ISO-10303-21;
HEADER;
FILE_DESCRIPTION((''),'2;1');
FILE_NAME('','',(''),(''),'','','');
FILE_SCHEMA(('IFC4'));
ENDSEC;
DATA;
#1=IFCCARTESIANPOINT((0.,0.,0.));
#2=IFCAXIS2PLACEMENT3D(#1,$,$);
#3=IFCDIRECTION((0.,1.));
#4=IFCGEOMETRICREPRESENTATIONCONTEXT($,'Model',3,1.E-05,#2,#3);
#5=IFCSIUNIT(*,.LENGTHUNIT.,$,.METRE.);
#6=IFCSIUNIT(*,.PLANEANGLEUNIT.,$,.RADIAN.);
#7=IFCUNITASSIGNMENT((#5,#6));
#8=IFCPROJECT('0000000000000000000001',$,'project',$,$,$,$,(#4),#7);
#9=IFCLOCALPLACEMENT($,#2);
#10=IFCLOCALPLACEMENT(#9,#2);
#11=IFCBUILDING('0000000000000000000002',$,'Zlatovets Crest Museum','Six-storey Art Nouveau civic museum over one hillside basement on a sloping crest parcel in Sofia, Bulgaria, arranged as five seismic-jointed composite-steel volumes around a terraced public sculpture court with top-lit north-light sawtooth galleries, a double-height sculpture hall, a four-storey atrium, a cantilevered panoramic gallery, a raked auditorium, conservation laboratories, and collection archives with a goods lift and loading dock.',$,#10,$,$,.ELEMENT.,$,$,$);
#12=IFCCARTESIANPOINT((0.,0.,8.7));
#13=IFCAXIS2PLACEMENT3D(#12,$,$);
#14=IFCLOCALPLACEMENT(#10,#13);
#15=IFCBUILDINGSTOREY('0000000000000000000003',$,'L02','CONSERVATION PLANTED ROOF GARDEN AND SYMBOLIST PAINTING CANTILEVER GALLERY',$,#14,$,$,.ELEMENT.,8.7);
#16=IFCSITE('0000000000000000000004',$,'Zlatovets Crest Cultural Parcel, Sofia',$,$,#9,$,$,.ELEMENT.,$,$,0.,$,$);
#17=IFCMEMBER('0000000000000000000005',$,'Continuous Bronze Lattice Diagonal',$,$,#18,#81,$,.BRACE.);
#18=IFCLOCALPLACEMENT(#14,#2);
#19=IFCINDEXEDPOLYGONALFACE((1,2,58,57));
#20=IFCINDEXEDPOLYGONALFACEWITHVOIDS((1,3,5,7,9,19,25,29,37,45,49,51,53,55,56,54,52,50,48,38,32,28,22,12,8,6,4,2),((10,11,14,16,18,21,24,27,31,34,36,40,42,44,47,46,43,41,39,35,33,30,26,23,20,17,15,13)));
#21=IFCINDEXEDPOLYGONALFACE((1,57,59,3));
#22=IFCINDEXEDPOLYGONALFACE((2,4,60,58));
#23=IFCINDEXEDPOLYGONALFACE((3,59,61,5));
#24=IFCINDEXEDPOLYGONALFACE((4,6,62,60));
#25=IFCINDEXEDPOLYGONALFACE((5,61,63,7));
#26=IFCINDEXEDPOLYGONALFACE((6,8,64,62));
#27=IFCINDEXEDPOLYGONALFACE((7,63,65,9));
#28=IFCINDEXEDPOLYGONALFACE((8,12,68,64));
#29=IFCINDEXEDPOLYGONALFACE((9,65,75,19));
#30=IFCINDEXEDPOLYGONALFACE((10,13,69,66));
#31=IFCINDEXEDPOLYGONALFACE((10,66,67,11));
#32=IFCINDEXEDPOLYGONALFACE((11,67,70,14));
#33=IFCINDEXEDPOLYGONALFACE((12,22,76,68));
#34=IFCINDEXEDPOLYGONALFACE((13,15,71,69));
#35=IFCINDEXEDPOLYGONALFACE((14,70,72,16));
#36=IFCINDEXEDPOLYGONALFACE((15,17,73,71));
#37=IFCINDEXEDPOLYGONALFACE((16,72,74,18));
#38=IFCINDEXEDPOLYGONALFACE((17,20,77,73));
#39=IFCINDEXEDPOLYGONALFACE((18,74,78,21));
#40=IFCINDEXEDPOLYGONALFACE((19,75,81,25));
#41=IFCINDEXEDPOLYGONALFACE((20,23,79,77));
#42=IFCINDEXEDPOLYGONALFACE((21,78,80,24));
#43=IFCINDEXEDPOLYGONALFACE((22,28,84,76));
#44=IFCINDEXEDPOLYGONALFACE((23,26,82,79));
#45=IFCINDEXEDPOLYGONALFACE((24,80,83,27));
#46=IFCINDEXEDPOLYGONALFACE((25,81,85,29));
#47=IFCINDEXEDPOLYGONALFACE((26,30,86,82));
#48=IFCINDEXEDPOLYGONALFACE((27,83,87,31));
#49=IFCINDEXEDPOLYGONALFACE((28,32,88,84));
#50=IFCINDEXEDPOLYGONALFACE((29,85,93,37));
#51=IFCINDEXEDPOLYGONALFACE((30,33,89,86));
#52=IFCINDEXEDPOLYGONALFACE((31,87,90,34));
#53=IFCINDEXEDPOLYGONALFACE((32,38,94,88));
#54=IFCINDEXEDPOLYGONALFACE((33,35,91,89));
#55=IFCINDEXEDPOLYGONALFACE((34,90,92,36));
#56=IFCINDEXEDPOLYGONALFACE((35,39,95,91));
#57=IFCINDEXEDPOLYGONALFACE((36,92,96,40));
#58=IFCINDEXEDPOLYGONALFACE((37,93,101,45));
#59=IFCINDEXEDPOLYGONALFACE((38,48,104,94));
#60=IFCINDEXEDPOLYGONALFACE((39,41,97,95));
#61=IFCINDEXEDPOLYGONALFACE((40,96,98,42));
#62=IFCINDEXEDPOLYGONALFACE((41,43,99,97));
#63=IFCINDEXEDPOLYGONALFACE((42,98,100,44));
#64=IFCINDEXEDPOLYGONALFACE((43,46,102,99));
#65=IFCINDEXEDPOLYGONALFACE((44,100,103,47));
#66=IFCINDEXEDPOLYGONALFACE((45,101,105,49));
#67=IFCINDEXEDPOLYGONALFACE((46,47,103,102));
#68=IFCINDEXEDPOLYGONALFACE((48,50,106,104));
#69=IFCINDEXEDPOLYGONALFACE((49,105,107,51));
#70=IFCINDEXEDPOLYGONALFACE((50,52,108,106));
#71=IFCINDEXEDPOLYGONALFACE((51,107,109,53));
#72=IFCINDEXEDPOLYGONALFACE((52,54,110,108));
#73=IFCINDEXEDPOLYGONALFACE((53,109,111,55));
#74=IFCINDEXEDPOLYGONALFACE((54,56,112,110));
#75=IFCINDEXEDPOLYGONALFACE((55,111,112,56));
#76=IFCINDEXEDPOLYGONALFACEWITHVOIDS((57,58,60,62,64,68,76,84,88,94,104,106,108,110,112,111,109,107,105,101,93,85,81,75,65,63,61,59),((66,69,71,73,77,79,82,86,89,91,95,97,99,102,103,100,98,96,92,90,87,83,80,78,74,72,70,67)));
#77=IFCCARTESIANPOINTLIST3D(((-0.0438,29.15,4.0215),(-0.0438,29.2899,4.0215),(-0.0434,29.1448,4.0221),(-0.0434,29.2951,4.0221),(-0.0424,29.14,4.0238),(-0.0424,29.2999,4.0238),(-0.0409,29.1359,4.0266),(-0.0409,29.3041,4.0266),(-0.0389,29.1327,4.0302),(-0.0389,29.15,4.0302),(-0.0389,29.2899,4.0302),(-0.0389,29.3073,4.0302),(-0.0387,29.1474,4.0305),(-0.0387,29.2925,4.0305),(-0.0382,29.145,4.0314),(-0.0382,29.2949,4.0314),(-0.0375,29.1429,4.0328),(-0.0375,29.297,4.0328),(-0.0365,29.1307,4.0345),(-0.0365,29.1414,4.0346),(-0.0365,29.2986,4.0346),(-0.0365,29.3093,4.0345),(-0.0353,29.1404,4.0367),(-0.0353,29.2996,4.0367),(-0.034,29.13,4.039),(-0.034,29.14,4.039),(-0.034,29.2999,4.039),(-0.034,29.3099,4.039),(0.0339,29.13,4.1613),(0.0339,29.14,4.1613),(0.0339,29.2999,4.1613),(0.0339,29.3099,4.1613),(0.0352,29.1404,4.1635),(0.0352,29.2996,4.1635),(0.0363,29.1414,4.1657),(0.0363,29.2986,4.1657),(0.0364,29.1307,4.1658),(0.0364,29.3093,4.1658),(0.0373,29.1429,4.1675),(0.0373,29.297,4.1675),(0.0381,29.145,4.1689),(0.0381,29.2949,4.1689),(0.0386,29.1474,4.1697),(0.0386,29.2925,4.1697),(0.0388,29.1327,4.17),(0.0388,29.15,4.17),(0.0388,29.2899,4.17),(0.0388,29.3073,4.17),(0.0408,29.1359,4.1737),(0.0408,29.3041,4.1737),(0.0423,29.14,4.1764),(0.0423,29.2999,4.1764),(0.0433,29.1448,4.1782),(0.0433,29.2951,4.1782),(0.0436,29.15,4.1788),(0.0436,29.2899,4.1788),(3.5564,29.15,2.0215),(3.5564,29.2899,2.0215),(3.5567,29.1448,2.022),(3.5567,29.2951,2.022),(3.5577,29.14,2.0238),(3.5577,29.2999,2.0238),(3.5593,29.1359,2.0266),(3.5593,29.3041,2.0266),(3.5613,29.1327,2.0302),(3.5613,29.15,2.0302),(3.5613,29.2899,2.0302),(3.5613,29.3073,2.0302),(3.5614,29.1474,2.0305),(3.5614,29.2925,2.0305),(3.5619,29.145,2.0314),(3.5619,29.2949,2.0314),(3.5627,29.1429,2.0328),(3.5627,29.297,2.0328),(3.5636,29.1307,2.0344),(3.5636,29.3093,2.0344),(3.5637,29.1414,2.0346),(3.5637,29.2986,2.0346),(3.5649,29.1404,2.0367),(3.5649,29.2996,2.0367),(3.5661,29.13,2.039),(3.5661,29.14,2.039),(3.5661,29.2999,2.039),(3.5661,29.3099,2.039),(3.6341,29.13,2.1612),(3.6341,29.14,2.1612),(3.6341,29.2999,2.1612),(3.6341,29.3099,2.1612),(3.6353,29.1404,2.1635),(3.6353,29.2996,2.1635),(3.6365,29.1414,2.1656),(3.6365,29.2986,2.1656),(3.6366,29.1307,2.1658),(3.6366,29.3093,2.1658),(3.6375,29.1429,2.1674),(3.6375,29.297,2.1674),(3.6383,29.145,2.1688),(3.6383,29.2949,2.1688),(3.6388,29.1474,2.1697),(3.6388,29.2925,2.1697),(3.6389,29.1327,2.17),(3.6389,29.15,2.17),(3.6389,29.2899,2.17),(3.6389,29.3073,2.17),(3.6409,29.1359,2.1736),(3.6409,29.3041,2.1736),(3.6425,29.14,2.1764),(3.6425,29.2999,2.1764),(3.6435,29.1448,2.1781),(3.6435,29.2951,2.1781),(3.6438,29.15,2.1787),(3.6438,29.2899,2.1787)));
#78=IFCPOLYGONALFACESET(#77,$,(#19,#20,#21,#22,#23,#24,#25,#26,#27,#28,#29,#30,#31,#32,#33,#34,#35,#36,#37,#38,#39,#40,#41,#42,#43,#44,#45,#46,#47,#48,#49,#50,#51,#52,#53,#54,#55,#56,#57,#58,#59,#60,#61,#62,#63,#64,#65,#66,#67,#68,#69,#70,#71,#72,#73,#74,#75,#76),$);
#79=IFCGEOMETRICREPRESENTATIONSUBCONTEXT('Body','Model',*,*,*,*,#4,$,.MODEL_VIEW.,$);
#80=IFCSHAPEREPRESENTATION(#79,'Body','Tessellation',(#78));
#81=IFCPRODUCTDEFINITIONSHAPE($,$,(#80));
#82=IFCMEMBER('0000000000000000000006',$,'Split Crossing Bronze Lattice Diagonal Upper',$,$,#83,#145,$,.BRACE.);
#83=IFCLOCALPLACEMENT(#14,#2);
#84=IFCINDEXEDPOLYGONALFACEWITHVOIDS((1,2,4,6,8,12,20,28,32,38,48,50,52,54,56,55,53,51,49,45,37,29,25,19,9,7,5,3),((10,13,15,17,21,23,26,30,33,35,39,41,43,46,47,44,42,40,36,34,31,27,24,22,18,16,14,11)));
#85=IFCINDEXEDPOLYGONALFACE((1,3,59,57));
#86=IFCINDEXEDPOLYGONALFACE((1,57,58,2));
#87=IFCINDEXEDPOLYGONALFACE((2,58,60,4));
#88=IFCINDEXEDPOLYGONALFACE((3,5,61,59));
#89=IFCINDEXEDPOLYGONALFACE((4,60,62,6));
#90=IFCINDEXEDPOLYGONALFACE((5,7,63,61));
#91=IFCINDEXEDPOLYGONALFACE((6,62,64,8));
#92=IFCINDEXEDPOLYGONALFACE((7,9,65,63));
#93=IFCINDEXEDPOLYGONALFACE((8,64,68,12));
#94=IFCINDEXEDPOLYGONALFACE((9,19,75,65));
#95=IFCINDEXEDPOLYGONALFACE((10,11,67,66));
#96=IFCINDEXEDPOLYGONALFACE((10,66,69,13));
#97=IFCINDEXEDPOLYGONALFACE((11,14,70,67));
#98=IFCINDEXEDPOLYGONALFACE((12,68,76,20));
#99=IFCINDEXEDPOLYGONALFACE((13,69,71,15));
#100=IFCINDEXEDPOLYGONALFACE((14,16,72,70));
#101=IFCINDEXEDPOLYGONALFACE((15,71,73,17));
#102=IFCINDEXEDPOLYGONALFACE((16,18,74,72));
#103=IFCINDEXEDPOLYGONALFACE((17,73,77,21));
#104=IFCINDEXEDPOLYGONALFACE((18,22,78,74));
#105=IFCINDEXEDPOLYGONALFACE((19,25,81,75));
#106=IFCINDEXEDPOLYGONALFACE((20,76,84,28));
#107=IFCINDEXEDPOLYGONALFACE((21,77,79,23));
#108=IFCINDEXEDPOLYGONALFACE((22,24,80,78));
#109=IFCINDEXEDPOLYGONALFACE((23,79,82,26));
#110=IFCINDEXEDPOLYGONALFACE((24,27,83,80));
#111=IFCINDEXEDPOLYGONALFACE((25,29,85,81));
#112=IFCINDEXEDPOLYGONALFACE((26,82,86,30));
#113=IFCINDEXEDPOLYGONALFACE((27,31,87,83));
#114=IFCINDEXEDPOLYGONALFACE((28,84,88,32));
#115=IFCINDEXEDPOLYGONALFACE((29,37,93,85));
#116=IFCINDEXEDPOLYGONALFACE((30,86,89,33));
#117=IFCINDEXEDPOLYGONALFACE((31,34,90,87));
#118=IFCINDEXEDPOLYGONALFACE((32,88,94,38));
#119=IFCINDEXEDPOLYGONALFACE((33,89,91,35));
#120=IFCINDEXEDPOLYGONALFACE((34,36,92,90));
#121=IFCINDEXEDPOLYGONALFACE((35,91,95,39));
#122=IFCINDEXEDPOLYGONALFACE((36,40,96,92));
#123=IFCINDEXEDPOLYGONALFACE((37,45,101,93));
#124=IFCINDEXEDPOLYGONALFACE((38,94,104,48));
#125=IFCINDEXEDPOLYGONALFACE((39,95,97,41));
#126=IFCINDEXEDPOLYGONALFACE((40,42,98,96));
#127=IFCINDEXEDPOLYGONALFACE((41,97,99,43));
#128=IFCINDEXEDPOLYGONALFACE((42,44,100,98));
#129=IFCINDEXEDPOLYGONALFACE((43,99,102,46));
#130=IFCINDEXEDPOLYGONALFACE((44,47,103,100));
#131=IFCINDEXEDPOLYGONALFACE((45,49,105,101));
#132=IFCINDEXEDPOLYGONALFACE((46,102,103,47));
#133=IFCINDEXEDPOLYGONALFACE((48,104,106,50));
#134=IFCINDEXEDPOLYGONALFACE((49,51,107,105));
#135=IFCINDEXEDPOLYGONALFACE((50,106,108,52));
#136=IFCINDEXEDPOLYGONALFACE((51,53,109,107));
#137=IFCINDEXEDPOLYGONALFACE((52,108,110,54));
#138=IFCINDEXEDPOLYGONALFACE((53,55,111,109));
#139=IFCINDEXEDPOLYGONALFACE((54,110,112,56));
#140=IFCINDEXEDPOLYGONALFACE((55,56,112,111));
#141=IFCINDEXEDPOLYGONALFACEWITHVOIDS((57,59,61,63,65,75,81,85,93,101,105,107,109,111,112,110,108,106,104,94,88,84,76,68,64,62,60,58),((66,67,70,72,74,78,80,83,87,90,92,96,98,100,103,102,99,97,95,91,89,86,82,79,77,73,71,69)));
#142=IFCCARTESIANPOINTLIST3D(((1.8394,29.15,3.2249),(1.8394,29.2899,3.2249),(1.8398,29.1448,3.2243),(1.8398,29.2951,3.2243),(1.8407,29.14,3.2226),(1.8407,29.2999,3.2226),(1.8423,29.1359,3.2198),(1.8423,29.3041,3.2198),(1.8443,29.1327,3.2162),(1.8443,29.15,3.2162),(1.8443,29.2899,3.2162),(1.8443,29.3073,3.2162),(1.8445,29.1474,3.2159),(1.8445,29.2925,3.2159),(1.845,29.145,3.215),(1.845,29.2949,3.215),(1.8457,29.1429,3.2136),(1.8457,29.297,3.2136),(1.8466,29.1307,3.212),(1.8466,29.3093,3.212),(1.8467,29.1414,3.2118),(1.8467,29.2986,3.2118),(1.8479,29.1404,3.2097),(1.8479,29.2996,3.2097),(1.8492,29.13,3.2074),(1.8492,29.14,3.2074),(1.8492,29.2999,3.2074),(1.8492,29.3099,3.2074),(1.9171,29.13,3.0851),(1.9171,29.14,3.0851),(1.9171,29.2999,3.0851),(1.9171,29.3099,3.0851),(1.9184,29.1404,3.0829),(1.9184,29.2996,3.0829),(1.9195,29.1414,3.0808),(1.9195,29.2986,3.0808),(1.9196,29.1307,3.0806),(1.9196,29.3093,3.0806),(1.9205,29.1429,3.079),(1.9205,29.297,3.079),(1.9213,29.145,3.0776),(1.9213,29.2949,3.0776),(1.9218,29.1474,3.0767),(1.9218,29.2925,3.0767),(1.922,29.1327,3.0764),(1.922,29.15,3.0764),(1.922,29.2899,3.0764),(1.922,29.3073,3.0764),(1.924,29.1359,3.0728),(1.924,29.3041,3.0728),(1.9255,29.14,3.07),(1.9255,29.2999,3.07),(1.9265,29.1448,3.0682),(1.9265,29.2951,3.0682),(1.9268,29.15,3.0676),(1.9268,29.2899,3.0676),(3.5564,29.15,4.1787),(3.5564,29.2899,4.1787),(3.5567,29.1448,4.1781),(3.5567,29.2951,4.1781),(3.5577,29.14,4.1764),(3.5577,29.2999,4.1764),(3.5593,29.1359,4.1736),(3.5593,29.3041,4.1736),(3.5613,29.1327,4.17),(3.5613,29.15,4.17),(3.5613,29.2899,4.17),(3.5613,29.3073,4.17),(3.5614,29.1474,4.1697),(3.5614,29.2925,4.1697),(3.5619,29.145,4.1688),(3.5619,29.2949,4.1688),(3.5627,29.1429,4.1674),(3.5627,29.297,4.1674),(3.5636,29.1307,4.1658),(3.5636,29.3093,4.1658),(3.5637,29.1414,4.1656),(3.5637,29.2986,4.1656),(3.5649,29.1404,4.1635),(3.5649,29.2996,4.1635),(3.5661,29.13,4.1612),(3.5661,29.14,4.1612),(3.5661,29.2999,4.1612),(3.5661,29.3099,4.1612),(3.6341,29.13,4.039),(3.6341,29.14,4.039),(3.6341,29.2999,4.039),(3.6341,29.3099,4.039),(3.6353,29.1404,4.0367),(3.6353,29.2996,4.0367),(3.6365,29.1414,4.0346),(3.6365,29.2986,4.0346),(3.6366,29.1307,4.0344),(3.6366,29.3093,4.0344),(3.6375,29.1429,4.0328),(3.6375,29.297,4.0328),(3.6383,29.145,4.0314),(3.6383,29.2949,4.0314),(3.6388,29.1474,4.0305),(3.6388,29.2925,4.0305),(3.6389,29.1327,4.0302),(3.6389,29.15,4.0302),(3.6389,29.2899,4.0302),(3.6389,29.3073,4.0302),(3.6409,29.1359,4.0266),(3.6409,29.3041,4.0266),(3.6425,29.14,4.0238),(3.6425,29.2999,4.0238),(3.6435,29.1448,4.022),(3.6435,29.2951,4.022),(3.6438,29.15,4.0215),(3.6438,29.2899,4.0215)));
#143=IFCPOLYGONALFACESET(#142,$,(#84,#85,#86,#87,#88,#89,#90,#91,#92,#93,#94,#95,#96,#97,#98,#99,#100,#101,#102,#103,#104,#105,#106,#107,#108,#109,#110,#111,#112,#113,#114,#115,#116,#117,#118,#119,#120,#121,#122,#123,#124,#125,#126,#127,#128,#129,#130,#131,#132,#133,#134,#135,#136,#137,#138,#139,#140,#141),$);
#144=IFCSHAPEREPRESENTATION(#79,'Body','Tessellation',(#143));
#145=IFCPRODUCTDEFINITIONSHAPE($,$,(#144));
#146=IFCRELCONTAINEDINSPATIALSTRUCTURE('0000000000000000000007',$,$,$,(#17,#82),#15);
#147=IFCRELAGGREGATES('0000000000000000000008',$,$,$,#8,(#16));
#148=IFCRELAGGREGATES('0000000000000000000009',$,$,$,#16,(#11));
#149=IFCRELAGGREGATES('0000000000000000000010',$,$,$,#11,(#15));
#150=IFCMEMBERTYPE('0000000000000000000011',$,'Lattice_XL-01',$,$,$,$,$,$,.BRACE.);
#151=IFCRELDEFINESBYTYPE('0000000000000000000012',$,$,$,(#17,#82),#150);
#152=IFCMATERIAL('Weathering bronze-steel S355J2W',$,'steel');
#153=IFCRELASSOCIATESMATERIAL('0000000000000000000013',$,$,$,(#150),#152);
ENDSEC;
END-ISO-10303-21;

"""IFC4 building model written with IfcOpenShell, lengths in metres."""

from ifc_helpers import new_model, si_unit, direction, frame, origin, origin_2d, place, context, subcontext, project, spatial, hollow_rectangle, extrude, material, material_profile, profile_set, type_object, element, save


model = new_model("IFC4")

# Units and contexts
model_context = context("Model", 3, precision=1e-05, world=origin(), true_north=direction((0.0, 1.0)))
body_context = subcontext(model_context, "Body", "Model", "MODEL_VIEW")
ifc_project = project(units=[si_unit("LENGTHUNIT", "METRE"), si_unit("PLANEANGLEUNIT", "RADIAN")], contexts=[model_context])

# Site, building, storey
site_placement = place(None, origin())
site = spatial("IfcSite", under=ifc_project, at=site_placement, Name="Zlatovets Crest Cultural Parcel, Sofia", CompositionType="ELEMENT", RefElevation=0.0)
building_placement = place(site_placement, origin())
building = spatial("IfcBuilding", under=site, at=building_placement, Name="Zlatovets Crest Museum", Description="Six-storey Art Nouveau civic museum over one hillside basement on a sloping crest parcel in Sofia, Bulgaria, arranged as five seismic-jointed composite-steel volumes around a terraced public sculpture court with top-lit north-light sawtooth galleries, a double-height sculpture hall, a four-storey atrium, a cantilevered panoramic gallery, a raked auditorium, conservation laboratories, and collection archives with a goods lift and loading dock.", CompositionType="ELEMENT")
storey_placement = place(building_placement, frame((0.0, 0.0, 8.7)))
storey = spatial("IfcBuildingStorey", under=building, at=storey_placement, Name="L02", Description="CONSERVATION PLANTED ROOF GARDEN AND SYMBOLIST PAINTING CANTILEVER GALLERY", CompositionType="ELEMENT", Elevation=8.7)

# Members
ifc_material_1 = material(Name="Weathering bronze-steel S355J2W", Category="steel")
ifc_material_profile_1 = material_profile(ifc_material_1, hollow_rectangle(XDim=0.1799, YDim=0.1799, WallThickness=0.01, InnerFilletRadius=0.01, OuterFilletRadius=0.02, at=origin_2d()), Name="SHS 180x180x10.0")
ifc_profile_set_1 = profile_set([ifc_material_profile_1], Name="Weathering bronze-steel S355J2W")
member_type_1 = type_object("IfcMemberType", Name="Lattice_XL-01", PredefinedType="BRACE", material=ifc_profile_set_1)
member_1_placement = place(storey_placement, frame((3.6001, 29.22, 2.1001), z_axis=(-0.874163, 0.0, 0.485633), x_axis=(0.0, -1.0, 0.0)))
element("IfcMember", 1, at=member_1_placement, inside=storey, type_object=member_type_1, Name="Continuous Bronze Lattice Diagonal", PredefinedType="BRACE", context=body_context, shape_type="SweptSolid", body=[
    extrude(hollow_rectangle(XDim=0.1799, YDim=0.1799, WallThickness=0.01, InnerFilletRadius=0.01, OuterFilletRadius=0.02, at=origin_2d()), origin(), (0.0, 0.0, 1.0), 4.1184),
])
member_2_placement = place(storey_placement, frame((3.6001, 29.22, 4.1001), z_axis=(-0.874169, 0.0, -0.485622), x_axis=(0.0, -1.0, 0.0)))
element("IfcMember", 2, at=member_2_placement, inside=storey, type_object=member_type_1, Name="Split Crossing Bronze Lattice Diagonal Upper", PredefinedType="BRACE", context=body_context, shape_type="SweptSolid", body=[
    extrude(hollow_rectangle(XDim=0.1799, YDim=0.1799, WallThickness=0.01, InnerFilletRadius=0.01, OuterFilletRadius=0.02, at=origin_2d()), origin(), (0.0, 0.0, 1.0), 1.9641),
])

save(model, "model.ifc")
